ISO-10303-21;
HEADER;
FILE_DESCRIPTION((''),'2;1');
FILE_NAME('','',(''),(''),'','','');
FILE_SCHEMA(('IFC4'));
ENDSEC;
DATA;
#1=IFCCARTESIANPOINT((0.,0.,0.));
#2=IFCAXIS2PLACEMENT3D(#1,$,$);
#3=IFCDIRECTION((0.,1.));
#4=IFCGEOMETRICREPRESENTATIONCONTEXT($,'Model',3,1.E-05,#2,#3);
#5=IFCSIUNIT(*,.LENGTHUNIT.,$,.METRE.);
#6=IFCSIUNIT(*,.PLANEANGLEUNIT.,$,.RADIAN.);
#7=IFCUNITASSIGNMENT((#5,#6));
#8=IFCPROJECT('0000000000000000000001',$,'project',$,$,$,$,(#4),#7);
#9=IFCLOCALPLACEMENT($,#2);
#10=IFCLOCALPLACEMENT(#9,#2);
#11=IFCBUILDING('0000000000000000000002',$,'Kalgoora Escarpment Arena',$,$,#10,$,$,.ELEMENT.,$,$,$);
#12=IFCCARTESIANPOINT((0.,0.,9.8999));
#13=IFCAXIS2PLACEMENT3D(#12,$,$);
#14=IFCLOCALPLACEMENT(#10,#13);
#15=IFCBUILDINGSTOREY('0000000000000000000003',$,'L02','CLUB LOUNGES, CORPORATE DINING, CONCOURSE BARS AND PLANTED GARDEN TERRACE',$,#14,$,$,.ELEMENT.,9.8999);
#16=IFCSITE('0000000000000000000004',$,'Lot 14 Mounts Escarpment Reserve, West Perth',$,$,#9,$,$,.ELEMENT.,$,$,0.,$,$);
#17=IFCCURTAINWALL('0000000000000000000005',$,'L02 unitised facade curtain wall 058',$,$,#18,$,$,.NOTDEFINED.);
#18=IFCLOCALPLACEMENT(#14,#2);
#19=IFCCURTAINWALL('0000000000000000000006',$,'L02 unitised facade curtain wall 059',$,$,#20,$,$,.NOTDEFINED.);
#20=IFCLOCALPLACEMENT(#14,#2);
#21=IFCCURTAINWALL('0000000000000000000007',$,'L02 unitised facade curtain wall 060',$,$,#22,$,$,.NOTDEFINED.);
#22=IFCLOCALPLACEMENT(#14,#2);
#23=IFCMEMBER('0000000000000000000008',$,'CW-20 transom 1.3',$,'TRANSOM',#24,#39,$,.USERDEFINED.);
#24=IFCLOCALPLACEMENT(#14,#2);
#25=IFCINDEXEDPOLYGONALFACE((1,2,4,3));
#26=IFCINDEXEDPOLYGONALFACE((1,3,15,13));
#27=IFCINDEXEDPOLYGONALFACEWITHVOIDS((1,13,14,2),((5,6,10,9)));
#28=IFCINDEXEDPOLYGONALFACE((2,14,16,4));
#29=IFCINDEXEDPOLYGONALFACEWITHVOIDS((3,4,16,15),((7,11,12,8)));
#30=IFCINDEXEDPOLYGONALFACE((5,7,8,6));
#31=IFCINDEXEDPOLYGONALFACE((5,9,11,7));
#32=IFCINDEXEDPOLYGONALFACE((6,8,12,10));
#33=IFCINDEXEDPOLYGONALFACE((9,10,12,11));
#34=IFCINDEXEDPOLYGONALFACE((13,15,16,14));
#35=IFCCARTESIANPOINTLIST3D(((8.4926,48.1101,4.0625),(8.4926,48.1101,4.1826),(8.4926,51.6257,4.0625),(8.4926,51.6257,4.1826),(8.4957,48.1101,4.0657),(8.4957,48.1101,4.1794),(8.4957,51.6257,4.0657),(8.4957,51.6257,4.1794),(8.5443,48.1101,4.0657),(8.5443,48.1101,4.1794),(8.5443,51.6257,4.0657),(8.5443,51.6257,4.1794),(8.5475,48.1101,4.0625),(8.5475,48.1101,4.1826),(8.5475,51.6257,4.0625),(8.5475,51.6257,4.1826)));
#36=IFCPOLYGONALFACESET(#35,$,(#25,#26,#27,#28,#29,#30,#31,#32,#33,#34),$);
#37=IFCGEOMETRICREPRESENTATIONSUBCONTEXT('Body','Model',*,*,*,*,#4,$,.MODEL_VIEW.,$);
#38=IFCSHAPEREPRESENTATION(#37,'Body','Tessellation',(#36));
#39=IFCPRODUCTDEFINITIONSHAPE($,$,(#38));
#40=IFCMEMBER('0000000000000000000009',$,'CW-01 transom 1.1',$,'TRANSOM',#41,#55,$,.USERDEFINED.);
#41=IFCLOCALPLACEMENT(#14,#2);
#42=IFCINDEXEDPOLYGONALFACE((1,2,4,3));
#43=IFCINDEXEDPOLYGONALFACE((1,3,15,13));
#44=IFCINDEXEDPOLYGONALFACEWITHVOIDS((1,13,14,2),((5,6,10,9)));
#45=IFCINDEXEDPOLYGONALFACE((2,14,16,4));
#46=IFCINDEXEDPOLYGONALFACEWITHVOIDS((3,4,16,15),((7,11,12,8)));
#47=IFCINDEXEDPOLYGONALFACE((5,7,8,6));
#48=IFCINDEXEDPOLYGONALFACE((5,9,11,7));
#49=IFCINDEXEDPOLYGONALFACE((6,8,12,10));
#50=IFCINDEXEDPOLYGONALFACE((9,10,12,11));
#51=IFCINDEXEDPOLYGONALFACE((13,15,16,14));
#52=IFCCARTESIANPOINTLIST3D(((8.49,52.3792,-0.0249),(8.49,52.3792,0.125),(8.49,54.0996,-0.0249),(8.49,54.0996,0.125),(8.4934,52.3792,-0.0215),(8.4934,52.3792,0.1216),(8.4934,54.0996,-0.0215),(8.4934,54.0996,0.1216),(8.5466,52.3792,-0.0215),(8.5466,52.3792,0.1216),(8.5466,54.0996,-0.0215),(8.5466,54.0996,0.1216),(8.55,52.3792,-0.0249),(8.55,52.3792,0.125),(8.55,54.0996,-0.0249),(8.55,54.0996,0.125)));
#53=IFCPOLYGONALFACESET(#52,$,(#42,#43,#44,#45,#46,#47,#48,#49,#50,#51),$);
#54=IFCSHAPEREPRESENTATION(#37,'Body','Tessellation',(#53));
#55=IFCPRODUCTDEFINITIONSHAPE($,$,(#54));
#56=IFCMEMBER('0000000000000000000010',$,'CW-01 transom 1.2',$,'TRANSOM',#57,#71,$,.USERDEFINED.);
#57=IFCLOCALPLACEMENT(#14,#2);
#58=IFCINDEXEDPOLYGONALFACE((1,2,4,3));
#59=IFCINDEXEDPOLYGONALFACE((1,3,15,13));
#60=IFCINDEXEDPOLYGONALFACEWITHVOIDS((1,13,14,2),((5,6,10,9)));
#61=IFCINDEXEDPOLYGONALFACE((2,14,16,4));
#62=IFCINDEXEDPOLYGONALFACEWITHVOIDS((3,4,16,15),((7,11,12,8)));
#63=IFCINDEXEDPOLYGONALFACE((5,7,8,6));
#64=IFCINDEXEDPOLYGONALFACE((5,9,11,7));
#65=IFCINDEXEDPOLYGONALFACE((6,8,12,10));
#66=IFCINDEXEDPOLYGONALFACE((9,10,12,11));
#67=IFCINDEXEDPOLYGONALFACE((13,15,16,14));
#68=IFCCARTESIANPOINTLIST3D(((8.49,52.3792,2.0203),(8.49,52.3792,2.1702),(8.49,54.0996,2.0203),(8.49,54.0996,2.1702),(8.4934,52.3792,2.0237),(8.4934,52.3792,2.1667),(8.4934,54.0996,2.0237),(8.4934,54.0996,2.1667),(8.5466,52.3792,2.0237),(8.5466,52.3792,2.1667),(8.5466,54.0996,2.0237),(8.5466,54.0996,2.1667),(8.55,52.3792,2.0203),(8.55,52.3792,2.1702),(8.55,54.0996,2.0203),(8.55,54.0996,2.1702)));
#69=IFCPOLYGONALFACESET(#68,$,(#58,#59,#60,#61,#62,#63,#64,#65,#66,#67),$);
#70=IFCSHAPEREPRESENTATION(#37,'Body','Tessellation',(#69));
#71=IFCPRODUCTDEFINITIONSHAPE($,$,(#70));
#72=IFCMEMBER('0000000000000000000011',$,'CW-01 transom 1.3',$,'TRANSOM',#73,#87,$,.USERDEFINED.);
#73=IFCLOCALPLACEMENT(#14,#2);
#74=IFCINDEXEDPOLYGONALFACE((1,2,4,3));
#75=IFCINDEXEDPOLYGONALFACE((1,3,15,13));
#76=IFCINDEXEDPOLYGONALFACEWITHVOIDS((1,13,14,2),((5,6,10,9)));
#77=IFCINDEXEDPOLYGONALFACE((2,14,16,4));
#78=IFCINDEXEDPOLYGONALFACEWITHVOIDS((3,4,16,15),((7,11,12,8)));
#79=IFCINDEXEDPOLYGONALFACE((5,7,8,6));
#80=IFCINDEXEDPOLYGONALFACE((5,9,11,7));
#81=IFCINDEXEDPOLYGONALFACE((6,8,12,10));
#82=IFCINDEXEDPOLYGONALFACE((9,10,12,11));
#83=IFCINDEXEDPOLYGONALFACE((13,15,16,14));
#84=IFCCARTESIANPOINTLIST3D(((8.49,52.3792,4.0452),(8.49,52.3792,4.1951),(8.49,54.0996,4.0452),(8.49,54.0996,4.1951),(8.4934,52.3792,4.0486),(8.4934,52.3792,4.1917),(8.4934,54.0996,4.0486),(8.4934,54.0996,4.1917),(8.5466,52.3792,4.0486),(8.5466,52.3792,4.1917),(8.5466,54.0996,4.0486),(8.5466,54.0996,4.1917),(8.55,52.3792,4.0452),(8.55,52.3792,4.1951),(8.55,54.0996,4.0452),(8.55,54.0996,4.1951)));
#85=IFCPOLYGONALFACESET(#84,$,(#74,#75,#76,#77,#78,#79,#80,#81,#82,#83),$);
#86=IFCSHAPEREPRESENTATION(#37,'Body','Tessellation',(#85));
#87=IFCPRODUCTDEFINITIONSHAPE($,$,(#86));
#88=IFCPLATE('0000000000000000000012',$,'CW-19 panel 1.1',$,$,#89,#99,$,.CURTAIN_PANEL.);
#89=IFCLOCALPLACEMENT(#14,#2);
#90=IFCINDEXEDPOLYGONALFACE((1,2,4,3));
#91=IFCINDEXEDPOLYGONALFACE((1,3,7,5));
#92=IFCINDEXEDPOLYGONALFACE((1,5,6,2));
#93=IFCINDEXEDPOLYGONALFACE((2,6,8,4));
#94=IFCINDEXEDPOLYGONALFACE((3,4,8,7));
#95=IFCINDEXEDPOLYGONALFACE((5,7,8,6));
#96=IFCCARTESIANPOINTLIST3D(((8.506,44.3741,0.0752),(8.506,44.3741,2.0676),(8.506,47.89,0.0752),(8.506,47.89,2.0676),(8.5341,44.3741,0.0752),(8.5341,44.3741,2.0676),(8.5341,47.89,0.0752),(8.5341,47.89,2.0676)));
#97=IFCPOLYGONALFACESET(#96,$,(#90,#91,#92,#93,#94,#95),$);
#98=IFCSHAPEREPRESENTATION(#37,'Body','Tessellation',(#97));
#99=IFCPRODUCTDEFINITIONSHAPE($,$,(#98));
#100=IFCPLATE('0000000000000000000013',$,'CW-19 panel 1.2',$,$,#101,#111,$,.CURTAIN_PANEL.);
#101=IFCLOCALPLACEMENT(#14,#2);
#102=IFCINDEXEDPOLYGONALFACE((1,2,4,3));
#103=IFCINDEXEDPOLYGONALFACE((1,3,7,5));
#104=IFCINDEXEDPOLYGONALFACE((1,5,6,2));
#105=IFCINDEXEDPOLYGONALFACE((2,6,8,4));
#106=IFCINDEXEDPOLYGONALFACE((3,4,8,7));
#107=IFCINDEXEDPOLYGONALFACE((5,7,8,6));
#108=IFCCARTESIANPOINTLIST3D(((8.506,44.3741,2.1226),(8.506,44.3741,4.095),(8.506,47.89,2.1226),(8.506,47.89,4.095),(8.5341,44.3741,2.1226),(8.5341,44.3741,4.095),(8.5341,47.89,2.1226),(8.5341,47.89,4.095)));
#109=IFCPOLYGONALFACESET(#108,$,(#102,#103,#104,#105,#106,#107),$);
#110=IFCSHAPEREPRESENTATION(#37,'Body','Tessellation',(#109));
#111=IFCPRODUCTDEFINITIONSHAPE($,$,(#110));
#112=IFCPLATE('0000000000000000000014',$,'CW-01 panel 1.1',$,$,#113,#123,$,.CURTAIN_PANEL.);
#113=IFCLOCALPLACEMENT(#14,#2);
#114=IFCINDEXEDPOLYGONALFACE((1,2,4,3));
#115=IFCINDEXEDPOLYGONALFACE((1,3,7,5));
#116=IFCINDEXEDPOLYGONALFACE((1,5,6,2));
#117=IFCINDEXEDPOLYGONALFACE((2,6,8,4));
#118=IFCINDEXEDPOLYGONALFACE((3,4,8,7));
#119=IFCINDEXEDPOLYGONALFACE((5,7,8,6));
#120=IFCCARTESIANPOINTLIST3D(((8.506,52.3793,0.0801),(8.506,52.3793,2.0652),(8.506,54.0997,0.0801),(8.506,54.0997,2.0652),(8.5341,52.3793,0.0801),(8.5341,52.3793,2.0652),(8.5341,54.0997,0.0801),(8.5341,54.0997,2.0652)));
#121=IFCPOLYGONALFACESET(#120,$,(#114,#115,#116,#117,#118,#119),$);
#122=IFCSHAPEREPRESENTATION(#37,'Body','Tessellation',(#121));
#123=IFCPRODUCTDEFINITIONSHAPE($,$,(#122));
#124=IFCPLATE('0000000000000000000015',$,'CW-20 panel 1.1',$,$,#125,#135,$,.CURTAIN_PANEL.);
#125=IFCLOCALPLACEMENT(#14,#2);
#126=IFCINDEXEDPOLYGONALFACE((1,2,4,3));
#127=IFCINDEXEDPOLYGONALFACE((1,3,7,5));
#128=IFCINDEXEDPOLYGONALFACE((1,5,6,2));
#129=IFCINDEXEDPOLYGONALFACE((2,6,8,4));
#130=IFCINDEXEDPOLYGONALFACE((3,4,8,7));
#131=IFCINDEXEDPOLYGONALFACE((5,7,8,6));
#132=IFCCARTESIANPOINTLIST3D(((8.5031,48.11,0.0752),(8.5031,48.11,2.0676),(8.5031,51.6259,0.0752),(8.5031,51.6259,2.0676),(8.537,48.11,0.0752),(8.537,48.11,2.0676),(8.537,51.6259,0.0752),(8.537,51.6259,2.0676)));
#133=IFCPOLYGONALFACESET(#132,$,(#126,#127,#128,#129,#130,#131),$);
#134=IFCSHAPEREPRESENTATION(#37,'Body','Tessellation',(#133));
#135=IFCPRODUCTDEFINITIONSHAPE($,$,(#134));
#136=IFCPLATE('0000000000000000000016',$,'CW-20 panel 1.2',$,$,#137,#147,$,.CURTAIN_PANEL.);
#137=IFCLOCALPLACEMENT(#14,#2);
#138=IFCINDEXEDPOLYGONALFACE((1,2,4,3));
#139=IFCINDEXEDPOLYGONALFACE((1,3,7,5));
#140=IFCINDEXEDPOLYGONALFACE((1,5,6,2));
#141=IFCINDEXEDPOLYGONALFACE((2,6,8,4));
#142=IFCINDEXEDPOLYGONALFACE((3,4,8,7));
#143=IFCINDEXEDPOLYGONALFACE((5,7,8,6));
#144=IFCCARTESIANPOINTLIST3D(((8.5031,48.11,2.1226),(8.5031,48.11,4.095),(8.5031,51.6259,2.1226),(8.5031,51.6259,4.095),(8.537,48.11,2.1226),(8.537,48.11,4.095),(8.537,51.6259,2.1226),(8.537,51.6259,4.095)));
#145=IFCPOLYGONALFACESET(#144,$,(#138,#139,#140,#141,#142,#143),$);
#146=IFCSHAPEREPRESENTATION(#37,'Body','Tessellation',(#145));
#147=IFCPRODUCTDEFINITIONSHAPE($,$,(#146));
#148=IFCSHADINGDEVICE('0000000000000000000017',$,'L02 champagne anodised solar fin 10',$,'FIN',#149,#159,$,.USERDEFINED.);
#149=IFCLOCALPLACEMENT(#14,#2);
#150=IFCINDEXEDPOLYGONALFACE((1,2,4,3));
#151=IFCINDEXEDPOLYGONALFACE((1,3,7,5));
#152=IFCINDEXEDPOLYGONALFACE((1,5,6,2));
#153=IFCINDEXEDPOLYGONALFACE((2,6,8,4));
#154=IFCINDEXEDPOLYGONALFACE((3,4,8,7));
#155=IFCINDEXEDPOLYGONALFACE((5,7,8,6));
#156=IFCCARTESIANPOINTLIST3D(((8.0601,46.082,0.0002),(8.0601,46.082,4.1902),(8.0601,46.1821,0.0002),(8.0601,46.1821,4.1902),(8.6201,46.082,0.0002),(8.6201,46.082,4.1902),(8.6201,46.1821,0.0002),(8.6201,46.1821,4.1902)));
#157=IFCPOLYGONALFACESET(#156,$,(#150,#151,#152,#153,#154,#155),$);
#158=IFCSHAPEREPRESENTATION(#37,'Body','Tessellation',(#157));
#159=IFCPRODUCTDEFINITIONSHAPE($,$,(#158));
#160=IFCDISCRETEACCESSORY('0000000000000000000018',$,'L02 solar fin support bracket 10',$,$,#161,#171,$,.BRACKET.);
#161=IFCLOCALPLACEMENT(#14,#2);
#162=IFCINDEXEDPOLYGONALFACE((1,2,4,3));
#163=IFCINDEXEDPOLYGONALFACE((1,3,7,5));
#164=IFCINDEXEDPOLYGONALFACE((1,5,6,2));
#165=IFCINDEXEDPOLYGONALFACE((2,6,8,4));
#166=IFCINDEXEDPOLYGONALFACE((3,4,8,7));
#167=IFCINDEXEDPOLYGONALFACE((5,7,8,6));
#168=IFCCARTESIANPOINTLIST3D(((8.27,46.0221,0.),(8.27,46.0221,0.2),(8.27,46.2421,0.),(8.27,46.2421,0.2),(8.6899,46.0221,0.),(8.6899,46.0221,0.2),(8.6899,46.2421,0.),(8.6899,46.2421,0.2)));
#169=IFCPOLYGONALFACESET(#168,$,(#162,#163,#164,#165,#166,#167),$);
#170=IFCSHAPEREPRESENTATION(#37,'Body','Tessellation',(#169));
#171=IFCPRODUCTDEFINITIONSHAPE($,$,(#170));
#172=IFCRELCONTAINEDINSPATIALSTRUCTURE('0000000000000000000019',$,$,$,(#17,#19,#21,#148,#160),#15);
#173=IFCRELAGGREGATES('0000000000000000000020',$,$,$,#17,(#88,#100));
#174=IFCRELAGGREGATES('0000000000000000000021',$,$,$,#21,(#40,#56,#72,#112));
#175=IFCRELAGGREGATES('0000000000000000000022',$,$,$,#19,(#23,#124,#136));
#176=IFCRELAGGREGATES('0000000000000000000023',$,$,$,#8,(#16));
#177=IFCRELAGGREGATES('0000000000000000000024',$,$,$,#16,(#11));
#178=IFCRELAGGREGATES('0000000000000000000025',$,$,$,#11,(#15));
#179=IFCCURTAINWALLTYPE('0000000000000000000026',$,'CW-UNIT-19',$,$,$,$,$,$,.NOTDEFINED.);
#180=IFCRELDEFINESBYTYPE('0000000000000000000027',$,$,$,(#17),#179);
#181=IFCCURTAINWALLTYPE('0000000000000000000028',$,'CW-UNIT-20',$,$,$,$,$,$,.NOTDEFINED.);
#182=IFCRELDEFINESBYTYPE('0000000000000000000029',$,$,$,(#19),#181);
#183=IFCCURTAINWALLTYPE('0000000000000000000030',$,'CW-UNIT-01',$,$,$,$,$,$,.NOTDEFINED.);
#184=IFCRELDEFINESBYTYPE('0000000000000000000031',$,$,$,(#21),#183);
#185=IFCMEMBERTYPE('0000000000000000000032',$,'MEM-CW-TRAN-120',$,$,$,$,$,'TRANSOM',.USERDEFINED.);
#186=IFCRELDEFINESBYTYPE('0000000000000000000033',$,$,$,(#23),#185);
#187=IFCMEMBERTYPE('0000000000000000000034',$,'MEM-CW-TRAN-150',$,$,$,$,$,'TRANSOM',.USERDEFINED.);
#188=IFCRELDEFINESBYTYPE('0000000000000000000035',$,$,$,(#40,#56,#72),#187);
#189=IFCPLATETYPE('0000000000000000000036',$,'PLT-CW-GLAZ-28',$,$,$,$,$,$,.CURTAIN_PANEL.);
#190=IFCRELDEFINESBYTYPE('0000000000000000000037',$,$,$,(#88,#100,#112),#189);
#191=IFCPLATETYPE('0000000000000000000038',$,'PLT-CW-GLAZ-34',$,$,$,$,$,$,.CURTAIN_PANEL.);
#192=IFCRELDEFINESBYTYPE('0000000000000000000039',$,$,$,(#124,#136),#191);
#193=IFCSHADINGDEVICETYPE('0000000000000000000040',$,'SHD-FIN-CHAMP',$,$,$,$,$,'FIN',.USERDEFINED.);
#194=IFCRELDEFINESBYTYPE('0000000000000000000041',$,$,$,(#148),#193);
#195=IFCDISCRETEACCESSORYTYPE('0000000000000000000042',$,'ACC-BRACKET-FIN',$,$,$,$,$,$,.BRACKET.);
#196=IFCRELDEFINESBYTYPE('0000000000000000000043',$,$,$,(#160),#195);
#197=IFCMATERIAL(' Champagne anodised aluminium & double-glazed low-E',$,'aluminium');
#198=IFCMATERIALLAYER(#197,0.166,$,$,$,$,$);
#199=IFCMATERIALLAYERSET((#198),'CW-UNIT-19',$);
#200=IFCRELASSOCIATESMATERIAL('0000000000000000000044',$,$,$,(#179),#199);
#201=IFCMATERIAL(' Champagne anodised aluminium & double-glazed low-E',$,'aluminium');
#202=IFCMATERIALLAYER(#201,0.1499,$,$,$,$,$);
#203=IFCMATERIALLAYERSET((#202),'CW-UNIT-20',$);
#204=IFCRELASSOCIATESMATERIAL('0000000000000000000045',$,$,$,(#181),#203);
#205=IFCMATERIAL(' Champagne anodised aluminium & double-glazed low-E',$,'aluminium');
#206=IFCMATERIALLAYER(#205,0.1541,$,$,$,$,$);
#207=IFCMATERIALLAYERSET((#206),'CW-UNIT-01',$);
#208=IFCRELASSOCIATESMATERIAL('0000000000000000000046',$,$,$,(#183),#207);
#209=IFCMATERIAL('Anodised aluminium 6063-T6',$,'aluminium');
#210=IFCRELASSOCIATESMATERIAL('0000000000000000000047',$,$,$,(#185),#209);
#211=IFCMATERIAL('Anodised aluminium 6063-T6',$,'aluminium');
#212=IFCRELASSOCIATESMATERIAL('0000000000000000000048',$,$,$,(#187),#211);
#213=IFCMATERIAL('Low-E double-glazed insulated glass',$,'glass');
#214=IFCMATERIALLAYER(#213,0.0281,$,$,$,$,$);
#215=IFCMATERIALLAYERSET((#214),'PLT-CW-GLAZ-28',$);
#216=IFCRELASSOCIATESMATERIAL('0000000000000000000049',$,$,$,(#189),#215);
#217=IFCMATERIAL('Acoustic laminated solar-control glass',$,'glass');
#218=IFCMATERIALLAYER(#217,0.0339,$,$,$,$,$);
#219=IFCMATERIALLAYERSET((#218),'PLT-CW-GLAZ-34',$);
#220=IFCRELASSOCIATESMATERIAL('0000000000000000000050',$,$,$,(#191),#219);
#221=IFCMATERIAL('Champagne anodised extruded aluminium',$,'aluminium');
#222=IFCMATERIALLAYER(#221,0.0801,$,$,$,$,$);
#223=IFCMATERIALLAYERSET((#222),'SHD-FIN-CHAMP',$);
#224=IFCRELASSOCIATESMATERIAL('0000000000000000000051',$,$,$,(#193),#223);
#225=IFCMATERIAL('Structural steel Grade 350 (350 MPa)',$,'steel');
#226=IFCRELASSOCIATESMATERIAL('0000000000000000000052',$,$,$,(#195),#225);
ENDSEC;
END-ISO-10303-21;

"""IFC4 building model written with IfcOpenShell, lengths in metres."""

from ifc_helpers import new_model, si_unit, direction, frame, origin, origin_2d, place, context, subcontext, project, spatial, rectangle, hollow_rectangle, extrude, material, layer, layer_set, material_profile, profile_set, type_object, element, aggregate, save


model = new_model("IFC4")

# Units and contexts
model_context = context("Model", 3, precision=1e-05, world=origin(), true_north=direction((0.0, 1.0)))
body_context = subcontext(model_context, "Body", "Model", "MODEL_VIEW")
ifc_project = project(units=[si_unit("LENGTHUNIT", "METRE"), si_unit("PLANEANGLEUNIT", "RADIAN")], contexts=[model_context])

# Site, building, storey
site_placement = place(None, origin())
site = spatial("IfcSite", under=ifc_project, at=site_placement, Name="Lot 14 Mounts Escarpment Reserve, West Perth", CompositionType="ELEMENT", RefElevation=0.0)
building_placement = place(site_placement, origin())
building = spatial("IfcBuilding", under=site, at=building_placement, Name="Kalgoora Escarpment Arena", CompositionType="ELEMENT")
storey_placement = place(building_placement, frame((0.0, 0.0, 9.8999)))
storey = spatial("IfcBuildingStorey", under=building, at=storey_placement, Name="L02", Description="CLUB LOUNGES, CORPORATE DINING, CONCOURSE BARS AND PLANTED GARDEN TERRACE", CompositionType="ELEMENT", Elevation=9.8999)

# Curtain walls
ifc_material_1 = material(Name=" Champagne anodised aluminium & double-glazed low-E", Category="aluminium")
ifc_layer_1 = layer(ifc_material_1, 0.166)
ifc_layer_set_1 = layer_set([ifc_layer_1], Name="CW-UNIT-19")
curtain_wall_type_1 = type_object("IfcCurtainWallType", Name="CW-UNIT-19", PredefinedType="NOTDEFINED", material=ifc_layer_set_1)
curtain_wall_1_placement = place(storey_placement, origin())
curtain_wall_1 = element("IfcCurtainWall", 1, at=curtain_wall_1_placement, inside=storey, type_object=curtain_wall_type_1, Name="L02 unitised facade curtain wall 058", PredefinedType="NOTDEFINED")
ifc_material_2 = material(Name=" Champagne anodised aluminium & double-glazed low-E", Category="aluminium")
ifc_layer_2 = layer(ifc_material_2, 0.1499)
ifc_layer_set_2 = layer_set([ifc_layer_2], Name="CW-UNIT-20")
curtain_wall_type_2 = type_object("IfcCurtainWallType", Name="CW-UNIT-20", PredefinedType="NOTDEFINED", material=ifc_layer_set_2)
curtain_wall_2_placement = place(storey_placement, origin())
curtain_wall_2 = element("IfcCurtainWall", 2, at=curtain_wall_2_placement, inside=storey, type_object=curtain_wall_type_2, Name="L02 unitised facade curtain wall 059", PredefinedType="NOTDEFINED")

# Curtain wall
ifc_material_3 = material(Name=" Champagne anodised aluminium & double-glazed low-E", Category="aluminium")
ifc_layer_3 = layer(ifc_material_3, 0.1541)
ifc_layer_set_3 = layer_set([ifc_layer_3], Name="CW-UNIT-01")
curtain_wall_type_3 = type_object("IfcCurtainWallType", Name="CW-UNIT-01", PredefinedType="NOTDEFINED", material=ifc_layer_set_3)
curtain_wall_3_placement = place(storey_placement, origin())
curtain_wall_3 = element("IfcCurtainWall", 3, at=curtain_wall_3_placement, inside=storey, type_object=curtain_wall_type_3, Name="L02 unitised facade curtain wall 060", PredefinedType="NOTDEFINED")

# Members
ifc_material_4 = material(Name="Anodised aluminium 6063-T6", Category="aluminium")
ifc_material_profile_1 = material_profile(ifc_material_4, hollow_rectangle(XDim=0.0549, YDim=0.1201, WallThickness=0.0032, at=origin_2d()))
ifc_profile_set_1 = profile_set([ifc_material_profile_1], Name="Anodised aluminium 6063-T6")
member_type_1 = type_object("IfcMemberType", Name="MEM-CW-TRAN-120", ElementType="TRANSOM", PredefinedType="USERDEFINED", material=ifc_profile_set_1)
member_1_placement = place(storey_placement, frame((8.52, 48.1101, 4.1226), z_axis=(0.0, 1.0, 0.0), x_axis=(-1.0, 0.0, 0.0)))
member_1 = element("IfcMember", 4, at=member_1_placement, type_object=member_type_1, Name="CW-20 transom 1.3", ObjectType="TRANSOM", PredefinedType="USERDEFINED", context=body_context, shape_type="SweptSolid", body=[
    extrude(hollow_rectangle(XDim=0.0549, YDim=0.1201, WallThickness=0.0032, at=origin_2d()), origin(), (0.0, 0.0, 1.0), 3.5156),
])
ifc_material_5 = material(Name="Anodised aluminium 6063-T6", Category="aluminium")
ifc_material_profile_2 = material_profile(ifc_material_5, hollow_rectangle(XDim=0.0601, YDim=0.1499, WallThickness=0.0034, at=origin_2d()))
ifc_profile_set_2 = profile_set([ifc_material_profile_2], Name="Anodised aluminium 6063-T6")
member_type_2 = type_object("IfcMemberType", Name="MEM-CW-TRAN-150", ElementType="TRANSOM", PredefinedType="USERDEFINED", material=ifc_profile_set_2)
member_2_placement = place(storey_placement, frame((8.52, 52.3792, 0.05), z_axis=(0.0, 1.0, 0.0), x_axis=(-1.0, 0.0, 0.0)))
member_2 = element("IfcMember", 5, at=member_2_placement, type_object=member_type_2, Name="CW-01 transom 1.1", ObjectType="TRANSOM", PredefinedType="USERDEFINED", context=body_context, shape_type="SweptSolid", body=[
    extrude(hollow_rectangle(XDim=0.0601, YDim=0.1499, WallThickness=0.0034, at=origin_2d()), origin(), (0.0, 0.0, 1.0), 1.7205),
])
member_3_placement = place(storey_placement, frame((8.52, 52.3792, 2.0952), z_axis=(0.0, 1.0, 0.0), x_axis=(-1.0, 0.0, 0.0)))
member_3 = element("IfcMember", 6, at=member_3_placement, type_object=member_type_2, Name="CW-01 transom 1.2", ObjectType="TRANSOM", PredefinedType="USERDEFINED", context=body_context, shape_type="SweptSolid", body=[
    extrude(hollow_rectangle(XDim=0.0601, YDim=0.1499, WallThickness=0.0034, at=origin_2d()), origin(), (0.0, 0.0, 1.0), 1.7205),
])
member_4_placement = place(storey_placement, frame((8.52, 52.3792, 4.1201), z_axis=(0.0, 1.0, 0.0), x_axis=(-1.0, 0.0, 0.0)))
member_4 = element("IfcMember", 7, at=member_4_placement, type_object=member_type_2, Name="CW-01 transom 1.3", ObjectType="TRANSOM", PredefinedType="USERDEFINED", context=body_context, shape_type="SweptSolid", body=[
    extrude(hollow_rectangle(XDim=0.0601, YDim=0.1499, WallThickness=0.0034, at=origin_2d()), origin(), (0.0, 0.0, 1.0), 1.7205),
])

# Plates
ifc_material_6 = material(Name="Low-E double-glazed insulated glass", Category="glass")
ifc_layer_4 = layer(ifc_material_6, 0.0281)
ifc_layer_set_4 = layer_set([ifc_layer_4], Name="PLT-CW-GLAZ-28")
plate_type_1 = type_object("IfcPlateType", Name="PLT-CW-GLAZ-28", PredefinedType="CURTAIN_PANEL", material=ifc_layer_set_4)
plate_1_placement = place(storey_placement, frame((8.52, 46.1321, 0.0752), z_axis=(0.0, 0.0, 1.0), x_axis=(0.0, 1.0, 0.0)))
plate_1 = element("IfcPlate", 8, at=plate_1_placement, type_object=plate_type_1, Name="CW-19 panel 1.1", PredefinedType="CURTAIN_PANEL", context=body_context, shape_type="SweptSolid", body=[
    extrude(rectangle(XDim=3.5159, YDim=0.0281, at=origin_2d()), origin(), (0.0, 0.0, 1.0), 1.9924),
])
plate_2_placement = place(storey_placement, frame((8.52, 46.1321, 2.1226), z_axis=(0.0, 0.0, 1.0), x_axis=(0.0, 1.0, 0.0)))
plate_2 = element("IfcPlate", 9, at=plate_2_placement, type_object=plate_type_1, Name="CW-19 panel 1.2", PredefinedType="CURTAIN_PANEL", context=body_context, shape_type="SweptSolid", body=[
    extrude(rectangle(XDim=3.5159, YDim=0.0281, at=origin_2d()), origin(), (0.0, 0.0, 1.0), 1.9724),
])
aggregate(curtain_wall_1, [plate_1, plate_2])
plate_3_placement = place(storey_placement, frame((8.52, 53.2395, 0.0801), z_axis=(0.0, 0.0, 1.0), x_axis=(0.0, 1.0, 0.0)))
plate_3 = element("IfcPlate", 10, at=plate_3_placement, type_object=plate_type_1, Name="CW-01 panel 1.1", PredefinedType="CURTAIN_PANEL", context=body_context, shape_type="SweptSolid", body=[
    extrude(rectangle(XDim=1.7205, YDim=0.0281, at=origin_2d()), origin(), (0.0, 0.0, 1.0), 1.9851),
])
aggregate(curtain_wall_3, [member_2, member_3, member_4, plate_3])
ifc_material_7 = material(Name="Acoustic laminated solar-control glass", Category="glass")
ifc_layer_5 = layer(ifc_material_7, 0.0339)
ifc_layer_set_5 = layer_set([ifc_layer_5], Name="PLT-CW-GLAZ-34")
plate_type_2 = type_object("IfcPlateType", Name="PLT-CW-GLAZ-34", PredefinedType="CURTAIN_PANEL", material=ifc_layer_set_5)
plate_4_placement = place(storey_placement, frame((8.52, 49.8679, 0.0752), z_axis=(0.0, 0.0, 1.0), x_axis=(0.0, 1.0, 0.0)))
plate_4 = element("IfcPlate", 11, at=plate_4_placement, type_object=plate_type_2, Name="CW-20 panel 1.1", PredefinedType="CURTAIN_PANEL", context=body_context, shape_type="SweptSolid", body=[
    extrude(rectangle(XDim=3.5159, YDim=0.0339, at=origin_2d()), origin(), (0.0, 0.0, 1.0), 1.9924),
])
plate_5_placement = place(storey_placement, frame((8.52, 49.8679, 2.1226), z_axis=(0.0, 0.0, 1.0), x_axis=(0.0, 1.0, 0.0)))
plate_5 = element("IfcPlate", 12, at=plate_5_placement, type_object=plate_type_2, Name="CW-20 panel 1.2", PredefinedType="CURTAIN_PANEL", context=body_context, shape_type="SweptSolid", body=[
    extrude(rectangle(XDim=3.5159, YDim=0.0339, at=origin_2d()), origin(), (0.0, 0.0, 1.0), 1.9724),
])
aggregate(curtain_wall_2, [member_1, plate_4, plate_5])

# Shading device
ifc_material_8 = material(Name="Champagne anodised extruded aluminium", Category="aluminium")
ifc_layer_6 = layer(ifc_material_8, 0.0801)
ifc_layer_set_6 = layer_set([ifc_layer_6], Name="SHD-FIN-CHAMP")
shading_device_type = type_object("IfcShadingDeviceType", Name="SHD-FIN-CHAMP", ElementType="FIN", PredefinedType="USERDEFINED", material=ifc_layer_set_6)
shading_device_placement = place(storey_placement, frame((8.3401, 46.1321, 0.0002), z_axis=(0.0, 0.0, 1.0), x_axis=(-1.0, 0.0, 0.0)))
element("IfcShadingDevice", 13, at=shading_device_placement, inside=storey, type_object=shading_device_type, Name="L02 champagne anodised solar fin 10", ObjectType="FIN", PredefinedType="USERDEFINED", context=body_context, shape_type="SweptSolid", body=[
    extrude(rectangle(XDim=0.5601, YDim=0.1001, at=origin_2d()), origin(), (0.0, 0.0, 1.0), 4.1899),
])

# Discrete accessory
ifc_material_9 = material(Name="Structural steel Grade 350 (350 MPa)", Category="steel")
discrete_accessory_type = type_object("IfcDiscreteAccessoryType", Name="ACC-BRACKET-FIN", PredefinedType="BRACKET", material=ifc_material_9)
discrete_accessory_placement = place(storey_placement, frame((8.48, 46.1321, 0.0), z_axis=(0.0, 0.0, 1.0), x_axis=(-1.0, 0.0, 0.0)))
element("IfcDiscreteAccessory", 14, at=discrete_accessory_placement, inside=storey, type_object=discrete_accessory_type, Name="L02 solar fin support bracket 10", PredefinedType="BRACKET", context=body_context, shape_type="SweptSolid", body=[
    extrude(rectangle(XDim=0.4199, YDim=0.22, at=origin_2d()), origin(), (0.0, 0.0, 1.0), 0.2),
])

save(model, "model.ifc")
